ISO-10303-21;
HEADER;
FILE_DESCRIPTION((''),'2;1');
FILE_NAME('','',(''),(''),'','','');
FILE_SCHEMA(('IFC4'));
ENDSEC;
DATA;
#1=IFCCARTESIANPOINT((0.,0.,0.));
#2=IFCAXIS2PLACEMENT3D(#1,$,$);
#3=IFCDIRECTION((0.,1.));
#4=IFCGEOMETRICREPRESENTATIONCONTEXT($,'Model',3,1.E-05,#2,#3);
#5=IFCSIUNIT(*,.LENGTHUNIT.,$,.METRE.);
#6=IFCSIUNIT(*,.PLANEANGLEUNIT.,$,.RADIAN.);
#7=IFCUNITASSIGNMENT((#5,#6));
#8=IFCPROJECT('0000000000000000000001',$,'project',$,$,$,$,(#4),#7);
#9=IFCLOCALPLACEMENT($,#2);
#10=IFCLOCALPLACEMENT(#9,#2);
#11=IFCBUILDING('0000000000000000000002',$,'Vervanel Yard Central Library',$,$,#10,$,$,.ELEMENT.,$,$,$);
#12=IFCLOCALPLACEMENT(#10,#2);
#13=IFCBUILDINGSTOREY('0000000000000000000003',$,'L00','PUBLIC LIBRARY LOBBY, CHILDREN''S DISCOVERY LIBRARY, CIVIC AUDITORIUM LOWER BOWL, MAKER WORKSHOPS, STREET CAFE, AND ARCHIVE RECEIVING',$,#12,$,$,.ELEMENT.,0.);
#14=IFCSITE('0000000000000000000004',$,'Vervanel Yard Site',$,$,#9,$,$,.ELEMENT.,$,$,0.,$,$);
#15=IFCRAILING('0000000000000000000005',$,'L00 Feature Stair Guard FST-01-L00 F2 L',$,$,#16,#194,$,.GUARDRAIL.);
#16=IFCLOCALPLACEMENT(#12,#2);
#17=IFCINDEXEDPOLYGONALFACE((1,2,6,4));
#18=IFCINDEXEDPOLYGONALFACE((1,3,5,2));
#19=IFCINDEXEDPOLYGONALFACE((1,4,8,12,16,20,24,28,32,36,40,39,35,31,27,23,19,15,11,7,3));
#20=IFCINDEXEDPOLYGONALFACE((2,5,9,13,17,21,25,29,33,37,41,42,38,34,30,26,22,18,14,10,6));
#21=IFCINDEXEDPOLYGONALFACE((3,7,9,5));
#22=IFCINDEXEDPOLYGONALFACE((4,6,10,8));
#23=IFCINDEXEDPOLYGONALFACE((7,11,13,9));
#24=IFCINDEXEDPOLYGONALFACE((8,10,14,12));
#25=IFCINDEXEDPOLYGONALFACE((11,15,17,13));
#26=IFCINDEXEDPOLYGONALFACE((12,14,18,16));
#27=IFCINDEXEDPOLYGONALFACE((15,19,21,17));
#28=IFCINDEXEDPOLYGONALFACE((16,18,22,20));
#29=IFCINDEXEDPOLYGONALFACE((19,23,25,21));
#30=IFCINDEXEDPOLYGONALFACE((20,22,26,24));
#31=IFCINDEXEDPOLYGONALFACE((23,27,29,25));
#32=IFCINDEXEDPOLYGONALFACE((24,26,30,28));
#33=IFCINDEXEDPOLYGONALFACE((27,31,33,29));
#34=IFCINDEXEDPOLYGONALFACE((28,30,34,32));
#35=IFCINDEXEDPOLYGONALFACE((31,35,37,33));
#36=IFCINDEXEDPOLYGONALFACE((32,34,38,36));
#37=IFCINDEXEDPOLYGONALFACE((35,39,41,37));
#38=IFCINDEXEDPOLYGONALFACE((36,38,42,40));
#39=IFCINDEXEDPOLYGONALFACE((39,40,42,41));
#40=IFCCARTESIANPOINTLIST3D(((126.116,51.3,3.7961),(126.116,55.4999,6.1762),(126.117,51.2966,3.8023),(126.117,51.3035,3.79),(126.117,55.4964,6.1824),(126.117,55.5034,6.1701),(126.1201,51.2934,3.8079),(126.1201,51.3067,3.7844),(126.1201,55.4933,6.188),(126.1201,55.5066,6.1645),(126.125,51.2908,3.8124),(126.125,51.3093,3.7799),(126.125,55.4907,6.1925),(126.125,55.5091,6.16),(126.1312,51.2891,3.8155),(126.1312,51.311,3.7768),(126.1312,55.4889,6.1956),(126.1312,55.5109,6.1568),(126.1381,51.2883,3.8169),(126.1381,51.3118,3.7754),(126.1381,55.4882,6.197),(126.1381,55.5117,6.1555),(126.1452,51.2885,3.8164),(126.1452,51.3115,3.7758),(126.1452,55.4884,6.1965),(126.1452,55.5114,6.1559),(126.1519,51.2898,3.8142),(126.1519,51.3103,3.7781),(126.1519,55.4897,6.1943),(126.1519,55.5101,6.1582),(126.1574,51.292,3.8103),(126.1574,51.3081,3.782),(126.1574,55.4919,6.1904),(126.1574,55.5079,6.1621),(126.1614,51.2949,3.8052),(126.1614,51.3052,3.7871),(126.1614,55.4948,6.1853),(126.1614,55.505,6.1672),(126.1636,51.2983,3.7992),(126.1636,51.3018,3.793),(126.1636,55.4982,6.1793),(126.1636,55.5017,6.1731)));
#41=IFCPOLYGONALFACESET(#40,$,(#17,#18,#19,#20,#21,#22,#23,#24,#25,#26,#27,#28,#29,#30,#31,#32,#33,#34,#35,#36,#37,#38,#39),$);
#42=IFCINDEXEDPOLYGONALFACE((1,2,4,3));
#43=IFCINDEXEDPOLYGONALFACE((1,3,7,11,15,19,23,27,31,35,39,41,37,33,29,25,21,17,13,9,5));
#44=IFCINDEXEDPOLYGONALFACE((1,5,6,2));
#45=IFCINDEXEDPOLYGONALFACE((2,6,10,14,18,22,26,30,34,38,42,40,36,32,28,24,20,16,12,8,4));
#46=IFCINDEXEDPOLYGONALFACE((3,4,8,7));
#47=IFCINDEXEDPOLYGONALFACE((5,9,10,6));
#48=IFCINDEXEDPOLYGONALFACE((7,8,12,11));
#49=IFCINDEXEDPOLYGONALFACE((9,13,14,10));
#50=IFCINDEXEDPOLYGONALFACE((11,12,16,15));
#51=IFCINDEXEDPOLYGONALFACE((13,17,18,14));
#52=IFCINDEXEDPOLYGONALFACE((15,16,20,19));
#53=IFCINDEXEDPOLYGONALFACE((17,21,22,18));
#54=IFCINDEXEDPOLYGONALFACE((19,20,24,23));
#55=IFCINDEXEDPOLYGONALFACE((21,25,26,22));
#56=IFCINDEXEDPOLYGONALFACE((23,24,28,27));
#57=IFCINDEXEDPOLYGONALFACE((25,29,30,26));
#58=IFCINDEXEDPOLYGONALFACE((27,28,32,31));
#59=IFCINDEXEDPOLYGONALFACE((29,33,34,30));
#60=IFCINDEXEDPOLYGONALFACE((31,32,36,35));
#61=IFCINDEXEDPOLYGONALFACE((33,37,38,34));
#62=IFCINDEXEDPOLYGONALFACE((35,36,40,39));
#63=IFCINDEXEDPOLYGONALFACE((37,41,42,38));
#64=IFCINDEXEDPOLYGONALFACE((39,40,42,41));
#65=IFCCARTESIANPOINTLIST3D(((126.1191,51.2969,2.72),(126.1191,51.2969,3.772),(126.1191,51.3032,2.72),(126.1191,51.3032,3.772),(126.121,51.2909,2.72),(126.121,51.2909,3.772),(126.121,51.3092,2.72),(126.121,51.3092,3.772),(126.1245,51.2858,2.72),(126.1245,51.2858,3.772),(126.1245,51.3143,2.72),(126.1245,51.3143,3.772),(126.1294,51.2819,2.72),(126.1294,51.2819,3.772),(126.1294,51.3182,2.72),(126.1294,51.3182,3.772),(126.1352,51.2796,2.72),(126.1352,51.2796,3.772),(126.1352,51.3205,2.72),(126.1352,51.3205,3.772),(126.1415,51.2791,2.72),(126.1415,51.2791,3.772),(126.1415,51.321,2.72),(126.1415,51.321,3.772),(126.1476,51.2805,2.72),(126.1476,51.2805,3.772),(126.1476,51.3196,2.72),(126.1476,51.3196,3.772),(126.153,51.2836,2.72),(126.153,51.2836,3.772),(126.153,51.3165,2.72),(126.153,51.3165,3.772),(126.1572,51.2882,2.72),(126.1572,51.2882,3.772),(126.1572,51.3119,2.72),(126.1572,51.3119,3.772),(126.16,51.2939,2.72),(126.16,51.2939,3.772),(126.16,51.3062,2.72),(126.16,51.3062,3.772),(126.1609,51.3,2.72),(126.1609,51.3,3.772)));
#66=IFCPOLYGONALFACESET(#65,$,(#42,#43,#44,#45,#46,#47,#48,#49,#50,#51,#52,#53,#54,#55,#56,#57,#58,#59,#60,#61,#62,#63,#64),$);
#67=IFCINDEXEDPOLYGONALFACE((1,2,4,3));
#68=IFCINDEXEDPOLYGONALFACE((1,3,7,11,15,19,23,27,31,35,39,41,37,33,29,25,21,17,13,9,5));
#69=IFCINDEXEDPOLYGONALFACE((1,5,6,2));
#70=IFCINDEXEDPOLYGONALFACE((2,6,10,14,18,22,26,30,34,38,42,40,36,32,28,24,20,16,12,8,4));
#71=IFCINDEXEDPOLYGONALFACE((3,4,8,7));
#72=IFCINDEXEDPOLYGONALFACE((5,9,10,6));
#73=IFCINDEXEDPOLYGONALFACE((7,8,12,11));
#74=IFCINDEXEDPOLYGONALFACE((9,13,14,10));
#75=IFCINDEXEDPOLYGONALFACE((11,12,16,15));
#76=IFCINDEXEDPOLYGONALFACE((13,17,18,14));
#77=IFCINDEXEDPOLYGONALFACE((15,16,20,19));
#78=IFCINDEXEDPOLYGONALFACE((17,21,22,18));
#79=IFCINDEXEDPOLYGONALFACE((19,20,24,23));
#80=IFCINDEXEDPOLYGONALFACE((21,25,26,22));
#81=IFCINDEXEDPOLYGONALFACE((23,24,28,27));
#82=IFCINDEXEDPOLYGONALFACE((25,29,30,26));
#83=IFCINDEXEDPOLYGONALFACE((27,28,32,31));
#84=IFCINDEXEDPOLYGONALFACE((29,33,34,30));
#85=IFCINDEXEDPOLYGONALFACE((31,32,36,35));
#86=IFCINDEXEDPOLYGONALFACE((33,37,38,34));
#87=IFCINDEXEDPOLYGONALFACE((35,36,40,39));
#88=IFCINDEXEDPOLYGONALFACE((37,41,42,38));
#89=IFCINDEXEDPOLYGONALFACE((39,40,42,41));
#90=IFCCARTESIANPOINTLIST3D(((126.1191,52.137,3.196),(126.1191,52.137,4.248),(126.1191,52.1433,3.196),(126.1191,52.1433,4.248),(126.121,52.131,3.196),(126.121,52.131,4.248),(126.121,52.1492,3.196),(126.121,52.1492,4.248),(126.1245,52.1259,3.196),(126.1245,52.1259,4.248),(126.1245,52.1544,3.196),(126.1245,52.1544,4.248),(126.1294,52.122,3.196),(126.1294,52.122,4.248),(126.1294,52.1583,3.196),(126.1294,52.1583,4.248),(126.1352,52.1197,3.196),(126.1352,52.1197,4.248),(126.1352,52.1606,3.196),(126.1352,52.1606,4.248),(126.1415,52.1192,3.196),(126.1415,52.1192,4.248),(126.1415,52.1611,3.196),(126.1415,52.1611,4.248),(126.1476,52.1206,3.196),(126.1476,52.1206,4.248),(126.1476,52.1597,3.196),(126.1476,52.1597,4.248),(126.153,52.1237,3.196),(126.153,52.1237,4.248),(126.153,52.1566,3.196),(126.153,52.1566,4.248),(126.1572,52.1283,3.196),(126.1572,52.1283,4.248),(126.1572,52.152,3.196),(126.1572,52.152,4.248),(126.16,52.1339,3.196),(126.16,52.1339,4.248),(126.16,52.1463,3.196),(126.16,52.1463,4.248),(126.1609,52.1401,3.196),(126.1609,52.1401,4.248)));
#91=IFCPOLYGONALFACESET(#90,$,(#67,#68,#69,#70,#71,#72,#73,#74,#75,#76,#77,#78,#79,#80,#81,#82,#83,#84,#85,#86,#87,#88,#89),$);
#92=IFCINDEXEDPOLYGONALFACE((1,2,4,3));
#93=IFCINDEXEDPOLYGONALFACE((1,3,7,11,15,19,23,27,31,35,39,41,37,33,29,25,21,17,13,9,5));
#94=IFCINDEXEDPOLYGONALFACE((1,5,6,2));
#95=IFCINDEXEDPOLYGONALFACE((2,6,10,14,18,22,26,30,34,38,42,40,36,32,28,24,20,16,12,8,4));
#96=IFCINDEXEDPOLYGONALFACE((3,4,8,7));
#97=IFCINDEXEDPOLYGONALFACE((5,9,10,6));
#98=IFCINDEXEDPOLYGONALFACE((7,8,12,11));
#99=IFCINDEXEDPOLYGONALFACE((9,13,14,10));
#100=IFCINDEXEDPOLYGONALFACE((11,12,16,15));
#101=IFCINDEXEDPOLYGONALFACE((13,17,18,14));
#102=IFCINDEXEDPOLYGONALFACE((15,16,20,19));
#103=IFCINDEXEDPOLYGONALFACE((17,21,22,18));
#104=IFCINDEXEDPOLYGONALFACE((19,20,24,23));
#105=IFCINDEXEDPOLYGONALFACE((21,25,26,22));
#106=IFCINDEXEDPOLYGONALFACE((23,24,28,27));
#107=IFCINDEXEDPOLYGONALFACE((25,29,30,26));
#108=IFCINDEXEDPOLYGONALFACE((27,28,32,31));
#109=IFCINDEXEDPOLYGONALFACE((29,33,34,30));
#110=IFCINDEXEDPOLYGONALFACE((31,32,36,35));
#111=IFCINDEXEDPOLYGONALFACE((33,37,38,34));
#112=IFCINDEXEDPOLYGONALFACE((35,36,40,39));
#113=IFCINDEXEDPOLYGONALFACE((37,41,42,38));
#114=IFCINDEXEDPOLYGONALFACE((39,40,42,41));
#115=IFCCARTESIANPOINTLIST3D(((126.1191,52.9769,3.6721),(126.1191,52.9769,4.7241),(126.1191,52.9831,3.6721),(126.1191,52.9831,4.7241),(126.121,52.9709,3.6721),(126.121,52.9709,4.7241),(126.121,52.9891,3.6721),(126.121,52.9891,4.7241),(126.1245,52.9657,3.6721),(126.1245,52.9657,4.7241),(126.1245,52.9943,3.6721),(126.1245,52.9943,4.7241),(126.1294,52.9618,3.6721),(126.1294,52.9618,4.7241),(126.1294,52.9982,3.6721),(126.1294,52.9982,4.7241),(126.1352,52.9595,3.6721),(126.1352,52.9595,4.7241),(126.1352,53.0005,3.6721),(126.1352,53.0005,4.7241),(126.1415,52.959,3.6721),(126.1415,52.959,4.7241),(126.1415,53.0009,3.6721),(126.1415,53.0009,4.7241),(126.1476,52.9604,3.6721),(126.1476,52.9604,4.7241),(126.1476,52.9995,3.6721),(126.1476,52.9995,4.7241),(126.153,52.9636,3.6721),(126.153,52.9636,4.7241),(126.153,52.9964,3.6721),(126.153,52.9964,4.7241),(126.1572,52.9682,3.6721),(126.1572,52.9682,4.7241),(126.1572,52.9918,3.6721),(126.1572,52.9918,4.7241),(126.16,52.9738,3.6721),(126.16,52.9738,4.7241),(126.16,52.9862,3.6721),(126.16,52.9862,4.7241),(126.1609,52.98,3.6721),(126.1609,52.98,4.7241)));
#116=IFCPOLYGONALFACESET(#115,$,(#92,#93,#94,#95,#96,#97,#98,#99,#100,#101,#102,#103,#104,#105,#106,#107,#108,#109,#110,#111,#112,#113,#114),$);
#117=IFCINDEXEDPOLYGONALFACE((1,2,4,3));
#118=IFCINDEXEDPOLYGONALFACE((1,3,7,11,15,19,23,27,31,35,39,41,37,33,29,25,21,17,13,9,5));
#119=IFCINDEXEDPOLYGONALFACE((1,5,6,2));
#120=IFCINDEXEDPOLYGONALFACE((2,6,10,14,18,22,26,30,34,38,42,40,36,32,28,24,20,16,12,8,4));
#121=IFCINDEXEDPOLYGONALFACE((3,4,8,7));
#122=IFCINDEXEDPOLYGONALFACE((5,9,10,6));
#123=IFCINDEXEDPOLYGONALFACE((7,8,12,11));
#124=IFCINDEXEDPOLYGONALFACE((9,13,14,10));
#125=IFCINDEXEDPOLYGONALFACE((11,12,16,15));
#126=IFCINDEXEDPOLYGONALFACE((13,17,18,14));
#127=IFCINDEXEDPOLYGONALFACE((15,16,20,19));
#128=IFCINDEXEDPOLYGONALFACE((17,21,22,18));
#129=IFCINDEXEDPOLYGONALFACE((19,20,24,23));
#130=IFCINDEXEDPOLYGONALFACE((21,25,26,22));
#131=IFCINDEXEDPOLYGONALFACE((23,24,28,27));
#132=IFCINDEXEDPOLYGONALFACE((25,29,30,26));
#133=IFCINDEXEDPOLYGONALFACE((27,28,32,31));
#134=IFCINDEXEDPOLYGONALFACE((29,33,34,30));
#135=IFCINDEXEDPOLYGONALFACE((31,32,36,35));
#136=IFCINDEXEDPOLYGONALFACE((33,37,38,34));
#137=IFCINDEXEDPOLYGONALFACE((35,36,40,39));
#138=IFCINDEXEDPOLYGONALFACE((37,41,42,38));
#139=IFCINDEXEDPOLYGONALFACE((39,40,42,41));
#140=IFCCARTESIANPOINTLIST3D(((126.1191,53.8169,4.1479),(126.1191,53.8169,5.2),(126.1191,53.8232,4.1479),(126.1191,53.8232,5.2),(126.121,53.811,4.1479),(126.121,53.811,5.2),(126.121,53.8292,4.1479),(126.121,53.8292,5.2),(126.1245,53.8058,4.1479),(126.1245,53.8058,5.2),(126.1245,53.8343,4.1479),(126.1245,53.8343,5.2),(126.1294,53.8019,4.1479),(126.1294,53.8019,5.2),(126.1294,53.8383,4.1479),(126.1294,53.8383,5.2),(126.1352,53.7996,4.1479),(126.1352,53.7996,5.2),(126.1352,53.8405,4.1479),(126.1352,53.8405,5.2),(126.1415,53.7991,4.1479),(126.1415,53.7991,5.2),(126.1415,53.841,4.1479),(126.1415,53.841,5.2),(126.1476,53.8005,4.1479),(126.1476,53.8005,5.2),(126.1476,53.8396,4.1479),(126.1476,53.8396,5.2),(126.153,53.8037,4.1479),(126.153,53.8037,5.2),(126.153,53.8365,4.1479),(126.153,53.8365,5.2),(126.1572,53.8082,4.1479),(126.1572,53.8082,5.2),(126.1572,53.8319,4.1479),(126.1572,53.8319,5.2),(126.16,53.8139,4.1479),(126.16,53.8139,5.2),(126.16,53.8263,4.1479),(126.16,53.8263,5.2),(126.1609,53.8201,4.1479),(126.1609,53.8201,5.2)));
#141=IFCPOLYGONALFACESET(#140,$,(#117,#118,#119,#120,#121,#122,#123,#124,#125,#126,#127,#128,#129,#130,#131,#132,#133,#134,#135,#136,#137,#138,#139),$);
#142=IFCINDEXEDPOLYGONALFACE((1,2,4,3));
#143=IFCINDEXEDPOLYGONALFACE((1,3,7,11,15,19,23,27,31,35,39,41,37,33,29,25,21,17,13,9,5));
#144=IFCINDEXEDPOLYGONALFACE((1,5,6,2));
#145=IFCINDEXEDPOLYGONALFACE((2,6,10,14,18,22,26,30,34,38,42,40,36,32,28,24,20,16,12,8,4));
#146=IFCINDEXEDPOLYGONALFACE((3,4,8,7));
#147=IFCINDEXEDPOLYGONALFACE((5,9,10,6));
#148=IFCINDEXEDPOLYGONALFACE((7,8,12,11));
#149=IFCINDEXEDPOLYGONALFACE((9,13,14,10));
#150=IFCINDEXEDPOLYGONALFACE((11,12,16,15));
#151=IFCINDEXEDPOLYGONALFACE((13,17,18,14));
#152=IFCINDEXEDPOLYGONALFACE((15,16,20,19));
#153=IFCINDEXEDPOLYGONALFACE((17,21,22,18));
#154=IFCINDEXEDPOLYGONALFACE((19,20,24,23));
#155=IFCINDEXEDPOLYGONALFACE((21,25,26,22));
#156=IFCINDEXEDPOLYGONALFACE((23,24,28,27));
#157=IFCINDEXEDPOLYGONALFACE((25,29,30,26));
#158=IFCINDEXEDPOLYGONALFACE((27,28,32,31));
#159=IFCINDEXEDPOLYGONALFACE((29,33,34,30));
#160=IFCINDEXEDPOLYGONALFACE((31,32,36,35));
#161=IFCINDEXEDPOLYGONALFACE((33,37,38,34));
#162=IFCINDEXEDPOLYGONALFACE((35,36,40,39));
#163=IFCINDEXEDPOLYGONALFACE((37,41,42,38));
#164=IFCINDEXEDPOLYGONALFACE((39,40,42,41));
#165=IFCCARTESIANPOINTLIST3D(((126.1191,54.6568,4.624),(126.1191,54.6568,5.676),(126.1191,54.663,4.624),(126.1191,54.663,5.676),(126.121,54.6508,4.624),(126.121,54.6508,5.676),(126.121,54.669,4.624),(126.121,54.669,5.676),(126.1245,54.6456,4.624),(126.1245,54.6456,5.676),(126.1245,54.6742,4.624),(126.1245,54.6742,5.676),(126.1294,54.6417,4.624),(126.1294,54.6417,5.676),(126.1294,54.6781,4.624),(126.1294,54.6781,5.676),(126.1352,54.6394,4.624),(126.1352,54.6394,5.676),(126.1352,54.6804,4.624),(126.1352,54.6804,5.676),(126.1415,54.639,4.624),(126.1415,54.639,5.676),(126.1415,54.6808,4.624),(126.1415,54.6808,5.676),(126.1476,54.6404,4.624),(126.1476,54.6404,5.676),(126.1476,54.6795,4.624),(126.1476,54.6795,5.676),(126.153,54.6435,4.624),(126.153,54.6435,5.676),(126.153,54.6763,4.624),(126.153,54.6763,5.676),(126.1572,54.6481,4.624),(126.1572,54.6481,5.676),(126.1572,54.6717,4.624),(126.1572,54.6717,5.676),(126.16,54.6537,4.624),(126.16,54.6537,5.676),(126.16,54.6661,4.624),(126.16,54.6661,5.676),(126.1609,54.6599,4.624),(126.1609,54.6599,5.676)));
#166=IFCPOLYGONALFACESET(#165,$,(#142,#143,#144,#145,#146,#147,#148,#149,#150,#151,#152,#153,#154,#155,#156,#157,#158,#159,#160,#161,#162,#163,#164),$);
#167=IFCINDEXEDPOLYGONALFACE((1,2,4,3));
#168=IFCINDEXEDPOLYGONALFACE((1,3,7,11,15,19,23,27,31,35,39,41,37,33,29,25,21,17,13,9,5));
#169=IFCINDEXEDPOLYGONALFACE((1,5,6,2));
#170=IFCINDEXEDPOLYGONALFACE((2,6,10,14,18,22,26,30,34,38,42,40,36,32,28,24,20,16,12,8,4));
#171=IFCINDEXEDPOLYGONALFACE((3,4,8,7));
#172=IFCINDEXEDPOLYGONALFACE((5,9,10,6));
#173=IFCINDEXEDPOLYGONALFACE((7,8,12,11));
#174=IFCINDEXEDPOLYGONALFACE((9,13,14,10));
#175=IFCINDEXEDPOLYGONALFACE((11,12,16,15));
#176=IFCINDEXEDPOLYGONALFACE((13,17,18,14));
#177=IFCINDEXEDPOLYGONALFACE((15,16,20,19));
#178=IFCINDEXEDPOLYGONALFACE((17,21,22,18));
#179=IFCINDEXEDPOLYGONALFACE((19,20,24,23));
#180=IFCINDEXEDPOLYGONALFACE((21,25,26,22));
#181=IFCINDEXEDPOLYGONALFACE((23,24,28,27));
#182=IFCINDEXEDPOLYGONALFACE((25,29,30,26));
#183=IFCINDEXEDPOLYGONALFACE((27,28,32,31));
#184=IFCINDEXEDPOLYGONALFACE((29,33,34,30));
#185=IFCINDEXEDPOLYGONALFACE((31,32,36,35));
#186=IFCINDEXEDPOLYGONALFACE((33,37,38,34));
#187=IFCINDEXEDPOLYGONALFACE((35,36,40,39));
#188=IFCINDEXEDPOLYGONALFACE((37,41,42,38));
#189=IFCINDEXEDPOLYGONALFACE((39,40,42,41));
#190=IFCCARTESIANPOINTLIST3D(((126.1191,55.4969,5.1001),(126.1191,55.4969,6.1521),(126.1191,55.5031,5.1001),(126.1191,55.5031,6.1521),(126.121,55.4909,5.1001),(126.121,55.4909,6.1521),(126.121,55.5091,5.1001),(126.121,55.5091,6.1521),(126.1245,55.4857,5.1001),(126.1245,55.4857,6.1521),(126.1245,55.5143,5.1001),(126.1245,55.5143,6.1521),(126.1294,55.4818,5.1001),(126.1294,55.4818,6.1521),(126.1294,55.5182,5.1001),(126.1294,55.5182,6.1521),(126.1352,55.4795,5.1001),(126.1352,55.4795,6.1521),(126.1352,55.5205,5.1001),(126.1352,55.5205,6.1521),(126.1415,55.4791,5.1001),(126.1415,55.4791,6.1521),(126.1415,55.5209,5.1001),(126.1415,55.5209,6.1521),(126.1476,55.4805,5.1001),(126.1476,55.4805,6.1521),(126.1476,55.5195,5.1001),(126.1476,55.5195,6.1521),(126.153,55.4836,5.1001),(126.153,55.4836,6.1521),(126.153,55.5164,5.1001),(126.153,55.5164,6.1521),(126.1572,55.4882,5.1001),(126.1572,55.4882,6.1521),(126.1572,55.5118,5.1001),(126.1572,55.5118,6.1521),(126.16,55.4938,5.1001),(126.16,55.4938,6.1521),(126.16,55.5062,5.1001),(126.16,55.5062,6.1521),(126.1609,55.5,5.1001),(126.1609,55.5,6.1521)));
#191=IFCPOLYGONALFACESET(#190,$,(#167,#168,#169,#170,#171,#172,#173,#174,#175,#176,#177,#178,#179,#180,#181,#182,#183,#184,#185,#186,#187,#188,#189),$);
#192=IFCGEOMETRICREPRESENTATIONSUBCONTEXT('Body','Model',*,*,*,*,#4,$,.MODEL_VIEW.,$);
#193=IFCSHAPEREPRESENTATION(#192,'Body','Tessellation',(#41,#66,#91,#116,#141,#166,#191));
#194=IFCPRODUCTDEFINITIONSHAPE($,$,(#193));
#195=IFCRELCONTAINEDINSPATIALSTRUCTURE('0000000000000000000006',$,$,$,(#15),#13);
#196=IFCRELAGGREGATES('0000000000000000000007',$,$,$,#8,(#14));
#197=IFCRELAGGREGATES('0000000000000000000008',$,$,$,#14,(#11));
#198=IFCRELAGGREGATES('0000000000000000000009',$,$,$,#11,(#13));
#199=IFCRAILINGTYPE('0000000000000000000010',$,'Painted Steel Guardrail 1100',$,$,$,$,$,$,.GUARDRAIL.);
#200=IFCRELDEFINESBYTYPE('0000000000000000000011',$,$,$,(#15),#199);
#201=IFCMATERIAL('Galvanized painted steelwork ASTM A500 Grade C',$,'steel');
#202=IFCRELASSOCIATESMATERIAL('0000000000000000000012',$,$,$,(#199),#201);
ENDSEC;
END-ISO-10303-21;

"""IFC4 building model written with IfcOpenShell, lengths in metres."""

from ifc_helpers import new_model, si_unit, direction, frame, origin, origin_2d, place, context, subcontext, project, spatial, circle, extrude, material, type_object, element, save


model = new_model("IFC4")

# Units and contexts
model_context = context("Model", 3, precision=1e-05, world=origin(), true_north=direction((0.0, 1.0)))
body_context = subcontext(model_context, "Body", "Model", "MODEL_VIEW")
ifc_project = project(units=[si_unit("LENGTHUNIT", "METRE"), si_unit("PLANEANGLEUNIT", "RADIAN")], contexts=[model_context])

# Site, building, storey
site_placement = place(None, origin())
site = spatial("IfcSite", under=ifc_project, at=site_placement, Name="Vervanel Yard Site", CompositionType="ELEMENT", RefElevation=0.0)
building_placement = place(site_placement, origin())
building = spatial("IfcBuilding", under=site, at=building_placement, Name="Vervanel Yard Central Library", CompositionType="ELEMENT")
storey_placement = place(building_placement, origin())
storey = spatial("IfcBuildingStorey", under=building, at=storey_placement, Name="L00", Description="PUBLIC LIBRARY LOBBY, CHILDREN'S DISCOVERY LIBRARY, CIVIC AUDITORIUM LOWER BOWL, MAKER WORKSHOPS, STREET CAFE, AND ARCHIVE RECEIVING", CompositionType="ELEMENT", Elevation=0.0)

# Railing
ifc_material_1 = material(Name="Galvanized painted steelwork ASTM A500 Grade C", Category="steel")
railing_type = type_object("IfcRailingType", Name="Painted Steel Guardrail 1100", PredefinedType="GUARDRAIL", material=ifc_material_1)
for number, where, name in (
    (1, (126.1399, 51.3, 2.72), "L00 Feature Stair Guard FST-01-L00 F2 L"),
):
    element("IfcRailing", number, at=place(storey_placement, frame(where)), inside=storey, type_object=railing_type, Name=name, PredefinedType="GUARDRAIL", context=body_context, shape_type="SweptSolid", body=[
        extrude(circle(Radius=0.0239, at=origin_2d()), frame((0.0, 0.0, 1.0762), z_axis=(0.0, 0.870008, 0.493037), x_axis=(-1.0, 0.0, 0.0)), (0.0, 0.0, 1.0), 4.8274),
        extrude(circle(Radius=0.021, at=origin_2d()), origin(), (0.0, 0.0, 1.0), 1.052),
        extrude(circle(Radius=0.021, at=origin_2d()), frame((0.0, 0.8401, 0.4761)), (0.0, 0.0, 1.0), 1.052),
        extrude(circle(Radius=0.021, at=origin_2d()), frame((0.0, 1.6799, 0.9521)), (0.0, 0.0, 1.0), 1.052),
        extrude(circle(Radius=0.021, at=origin_2d()), frame((0.0, 2.52, 1.428)), (0.0, 0.0, 1.0), 1.052),
        extrude(circle(Radius=0.021, at=origin_2d()), frame((0.0, 3.3599, 1.9041)), (0.0, 0.0, 1.0), 1.052),
        extrude(circle(Radius=0.021, at=origin_2d()), frame((0.0, 4.2, 2.3801)), (0.0, 0.0, 1.0), 1.052),
    ])

save(model, "model.ifc")
